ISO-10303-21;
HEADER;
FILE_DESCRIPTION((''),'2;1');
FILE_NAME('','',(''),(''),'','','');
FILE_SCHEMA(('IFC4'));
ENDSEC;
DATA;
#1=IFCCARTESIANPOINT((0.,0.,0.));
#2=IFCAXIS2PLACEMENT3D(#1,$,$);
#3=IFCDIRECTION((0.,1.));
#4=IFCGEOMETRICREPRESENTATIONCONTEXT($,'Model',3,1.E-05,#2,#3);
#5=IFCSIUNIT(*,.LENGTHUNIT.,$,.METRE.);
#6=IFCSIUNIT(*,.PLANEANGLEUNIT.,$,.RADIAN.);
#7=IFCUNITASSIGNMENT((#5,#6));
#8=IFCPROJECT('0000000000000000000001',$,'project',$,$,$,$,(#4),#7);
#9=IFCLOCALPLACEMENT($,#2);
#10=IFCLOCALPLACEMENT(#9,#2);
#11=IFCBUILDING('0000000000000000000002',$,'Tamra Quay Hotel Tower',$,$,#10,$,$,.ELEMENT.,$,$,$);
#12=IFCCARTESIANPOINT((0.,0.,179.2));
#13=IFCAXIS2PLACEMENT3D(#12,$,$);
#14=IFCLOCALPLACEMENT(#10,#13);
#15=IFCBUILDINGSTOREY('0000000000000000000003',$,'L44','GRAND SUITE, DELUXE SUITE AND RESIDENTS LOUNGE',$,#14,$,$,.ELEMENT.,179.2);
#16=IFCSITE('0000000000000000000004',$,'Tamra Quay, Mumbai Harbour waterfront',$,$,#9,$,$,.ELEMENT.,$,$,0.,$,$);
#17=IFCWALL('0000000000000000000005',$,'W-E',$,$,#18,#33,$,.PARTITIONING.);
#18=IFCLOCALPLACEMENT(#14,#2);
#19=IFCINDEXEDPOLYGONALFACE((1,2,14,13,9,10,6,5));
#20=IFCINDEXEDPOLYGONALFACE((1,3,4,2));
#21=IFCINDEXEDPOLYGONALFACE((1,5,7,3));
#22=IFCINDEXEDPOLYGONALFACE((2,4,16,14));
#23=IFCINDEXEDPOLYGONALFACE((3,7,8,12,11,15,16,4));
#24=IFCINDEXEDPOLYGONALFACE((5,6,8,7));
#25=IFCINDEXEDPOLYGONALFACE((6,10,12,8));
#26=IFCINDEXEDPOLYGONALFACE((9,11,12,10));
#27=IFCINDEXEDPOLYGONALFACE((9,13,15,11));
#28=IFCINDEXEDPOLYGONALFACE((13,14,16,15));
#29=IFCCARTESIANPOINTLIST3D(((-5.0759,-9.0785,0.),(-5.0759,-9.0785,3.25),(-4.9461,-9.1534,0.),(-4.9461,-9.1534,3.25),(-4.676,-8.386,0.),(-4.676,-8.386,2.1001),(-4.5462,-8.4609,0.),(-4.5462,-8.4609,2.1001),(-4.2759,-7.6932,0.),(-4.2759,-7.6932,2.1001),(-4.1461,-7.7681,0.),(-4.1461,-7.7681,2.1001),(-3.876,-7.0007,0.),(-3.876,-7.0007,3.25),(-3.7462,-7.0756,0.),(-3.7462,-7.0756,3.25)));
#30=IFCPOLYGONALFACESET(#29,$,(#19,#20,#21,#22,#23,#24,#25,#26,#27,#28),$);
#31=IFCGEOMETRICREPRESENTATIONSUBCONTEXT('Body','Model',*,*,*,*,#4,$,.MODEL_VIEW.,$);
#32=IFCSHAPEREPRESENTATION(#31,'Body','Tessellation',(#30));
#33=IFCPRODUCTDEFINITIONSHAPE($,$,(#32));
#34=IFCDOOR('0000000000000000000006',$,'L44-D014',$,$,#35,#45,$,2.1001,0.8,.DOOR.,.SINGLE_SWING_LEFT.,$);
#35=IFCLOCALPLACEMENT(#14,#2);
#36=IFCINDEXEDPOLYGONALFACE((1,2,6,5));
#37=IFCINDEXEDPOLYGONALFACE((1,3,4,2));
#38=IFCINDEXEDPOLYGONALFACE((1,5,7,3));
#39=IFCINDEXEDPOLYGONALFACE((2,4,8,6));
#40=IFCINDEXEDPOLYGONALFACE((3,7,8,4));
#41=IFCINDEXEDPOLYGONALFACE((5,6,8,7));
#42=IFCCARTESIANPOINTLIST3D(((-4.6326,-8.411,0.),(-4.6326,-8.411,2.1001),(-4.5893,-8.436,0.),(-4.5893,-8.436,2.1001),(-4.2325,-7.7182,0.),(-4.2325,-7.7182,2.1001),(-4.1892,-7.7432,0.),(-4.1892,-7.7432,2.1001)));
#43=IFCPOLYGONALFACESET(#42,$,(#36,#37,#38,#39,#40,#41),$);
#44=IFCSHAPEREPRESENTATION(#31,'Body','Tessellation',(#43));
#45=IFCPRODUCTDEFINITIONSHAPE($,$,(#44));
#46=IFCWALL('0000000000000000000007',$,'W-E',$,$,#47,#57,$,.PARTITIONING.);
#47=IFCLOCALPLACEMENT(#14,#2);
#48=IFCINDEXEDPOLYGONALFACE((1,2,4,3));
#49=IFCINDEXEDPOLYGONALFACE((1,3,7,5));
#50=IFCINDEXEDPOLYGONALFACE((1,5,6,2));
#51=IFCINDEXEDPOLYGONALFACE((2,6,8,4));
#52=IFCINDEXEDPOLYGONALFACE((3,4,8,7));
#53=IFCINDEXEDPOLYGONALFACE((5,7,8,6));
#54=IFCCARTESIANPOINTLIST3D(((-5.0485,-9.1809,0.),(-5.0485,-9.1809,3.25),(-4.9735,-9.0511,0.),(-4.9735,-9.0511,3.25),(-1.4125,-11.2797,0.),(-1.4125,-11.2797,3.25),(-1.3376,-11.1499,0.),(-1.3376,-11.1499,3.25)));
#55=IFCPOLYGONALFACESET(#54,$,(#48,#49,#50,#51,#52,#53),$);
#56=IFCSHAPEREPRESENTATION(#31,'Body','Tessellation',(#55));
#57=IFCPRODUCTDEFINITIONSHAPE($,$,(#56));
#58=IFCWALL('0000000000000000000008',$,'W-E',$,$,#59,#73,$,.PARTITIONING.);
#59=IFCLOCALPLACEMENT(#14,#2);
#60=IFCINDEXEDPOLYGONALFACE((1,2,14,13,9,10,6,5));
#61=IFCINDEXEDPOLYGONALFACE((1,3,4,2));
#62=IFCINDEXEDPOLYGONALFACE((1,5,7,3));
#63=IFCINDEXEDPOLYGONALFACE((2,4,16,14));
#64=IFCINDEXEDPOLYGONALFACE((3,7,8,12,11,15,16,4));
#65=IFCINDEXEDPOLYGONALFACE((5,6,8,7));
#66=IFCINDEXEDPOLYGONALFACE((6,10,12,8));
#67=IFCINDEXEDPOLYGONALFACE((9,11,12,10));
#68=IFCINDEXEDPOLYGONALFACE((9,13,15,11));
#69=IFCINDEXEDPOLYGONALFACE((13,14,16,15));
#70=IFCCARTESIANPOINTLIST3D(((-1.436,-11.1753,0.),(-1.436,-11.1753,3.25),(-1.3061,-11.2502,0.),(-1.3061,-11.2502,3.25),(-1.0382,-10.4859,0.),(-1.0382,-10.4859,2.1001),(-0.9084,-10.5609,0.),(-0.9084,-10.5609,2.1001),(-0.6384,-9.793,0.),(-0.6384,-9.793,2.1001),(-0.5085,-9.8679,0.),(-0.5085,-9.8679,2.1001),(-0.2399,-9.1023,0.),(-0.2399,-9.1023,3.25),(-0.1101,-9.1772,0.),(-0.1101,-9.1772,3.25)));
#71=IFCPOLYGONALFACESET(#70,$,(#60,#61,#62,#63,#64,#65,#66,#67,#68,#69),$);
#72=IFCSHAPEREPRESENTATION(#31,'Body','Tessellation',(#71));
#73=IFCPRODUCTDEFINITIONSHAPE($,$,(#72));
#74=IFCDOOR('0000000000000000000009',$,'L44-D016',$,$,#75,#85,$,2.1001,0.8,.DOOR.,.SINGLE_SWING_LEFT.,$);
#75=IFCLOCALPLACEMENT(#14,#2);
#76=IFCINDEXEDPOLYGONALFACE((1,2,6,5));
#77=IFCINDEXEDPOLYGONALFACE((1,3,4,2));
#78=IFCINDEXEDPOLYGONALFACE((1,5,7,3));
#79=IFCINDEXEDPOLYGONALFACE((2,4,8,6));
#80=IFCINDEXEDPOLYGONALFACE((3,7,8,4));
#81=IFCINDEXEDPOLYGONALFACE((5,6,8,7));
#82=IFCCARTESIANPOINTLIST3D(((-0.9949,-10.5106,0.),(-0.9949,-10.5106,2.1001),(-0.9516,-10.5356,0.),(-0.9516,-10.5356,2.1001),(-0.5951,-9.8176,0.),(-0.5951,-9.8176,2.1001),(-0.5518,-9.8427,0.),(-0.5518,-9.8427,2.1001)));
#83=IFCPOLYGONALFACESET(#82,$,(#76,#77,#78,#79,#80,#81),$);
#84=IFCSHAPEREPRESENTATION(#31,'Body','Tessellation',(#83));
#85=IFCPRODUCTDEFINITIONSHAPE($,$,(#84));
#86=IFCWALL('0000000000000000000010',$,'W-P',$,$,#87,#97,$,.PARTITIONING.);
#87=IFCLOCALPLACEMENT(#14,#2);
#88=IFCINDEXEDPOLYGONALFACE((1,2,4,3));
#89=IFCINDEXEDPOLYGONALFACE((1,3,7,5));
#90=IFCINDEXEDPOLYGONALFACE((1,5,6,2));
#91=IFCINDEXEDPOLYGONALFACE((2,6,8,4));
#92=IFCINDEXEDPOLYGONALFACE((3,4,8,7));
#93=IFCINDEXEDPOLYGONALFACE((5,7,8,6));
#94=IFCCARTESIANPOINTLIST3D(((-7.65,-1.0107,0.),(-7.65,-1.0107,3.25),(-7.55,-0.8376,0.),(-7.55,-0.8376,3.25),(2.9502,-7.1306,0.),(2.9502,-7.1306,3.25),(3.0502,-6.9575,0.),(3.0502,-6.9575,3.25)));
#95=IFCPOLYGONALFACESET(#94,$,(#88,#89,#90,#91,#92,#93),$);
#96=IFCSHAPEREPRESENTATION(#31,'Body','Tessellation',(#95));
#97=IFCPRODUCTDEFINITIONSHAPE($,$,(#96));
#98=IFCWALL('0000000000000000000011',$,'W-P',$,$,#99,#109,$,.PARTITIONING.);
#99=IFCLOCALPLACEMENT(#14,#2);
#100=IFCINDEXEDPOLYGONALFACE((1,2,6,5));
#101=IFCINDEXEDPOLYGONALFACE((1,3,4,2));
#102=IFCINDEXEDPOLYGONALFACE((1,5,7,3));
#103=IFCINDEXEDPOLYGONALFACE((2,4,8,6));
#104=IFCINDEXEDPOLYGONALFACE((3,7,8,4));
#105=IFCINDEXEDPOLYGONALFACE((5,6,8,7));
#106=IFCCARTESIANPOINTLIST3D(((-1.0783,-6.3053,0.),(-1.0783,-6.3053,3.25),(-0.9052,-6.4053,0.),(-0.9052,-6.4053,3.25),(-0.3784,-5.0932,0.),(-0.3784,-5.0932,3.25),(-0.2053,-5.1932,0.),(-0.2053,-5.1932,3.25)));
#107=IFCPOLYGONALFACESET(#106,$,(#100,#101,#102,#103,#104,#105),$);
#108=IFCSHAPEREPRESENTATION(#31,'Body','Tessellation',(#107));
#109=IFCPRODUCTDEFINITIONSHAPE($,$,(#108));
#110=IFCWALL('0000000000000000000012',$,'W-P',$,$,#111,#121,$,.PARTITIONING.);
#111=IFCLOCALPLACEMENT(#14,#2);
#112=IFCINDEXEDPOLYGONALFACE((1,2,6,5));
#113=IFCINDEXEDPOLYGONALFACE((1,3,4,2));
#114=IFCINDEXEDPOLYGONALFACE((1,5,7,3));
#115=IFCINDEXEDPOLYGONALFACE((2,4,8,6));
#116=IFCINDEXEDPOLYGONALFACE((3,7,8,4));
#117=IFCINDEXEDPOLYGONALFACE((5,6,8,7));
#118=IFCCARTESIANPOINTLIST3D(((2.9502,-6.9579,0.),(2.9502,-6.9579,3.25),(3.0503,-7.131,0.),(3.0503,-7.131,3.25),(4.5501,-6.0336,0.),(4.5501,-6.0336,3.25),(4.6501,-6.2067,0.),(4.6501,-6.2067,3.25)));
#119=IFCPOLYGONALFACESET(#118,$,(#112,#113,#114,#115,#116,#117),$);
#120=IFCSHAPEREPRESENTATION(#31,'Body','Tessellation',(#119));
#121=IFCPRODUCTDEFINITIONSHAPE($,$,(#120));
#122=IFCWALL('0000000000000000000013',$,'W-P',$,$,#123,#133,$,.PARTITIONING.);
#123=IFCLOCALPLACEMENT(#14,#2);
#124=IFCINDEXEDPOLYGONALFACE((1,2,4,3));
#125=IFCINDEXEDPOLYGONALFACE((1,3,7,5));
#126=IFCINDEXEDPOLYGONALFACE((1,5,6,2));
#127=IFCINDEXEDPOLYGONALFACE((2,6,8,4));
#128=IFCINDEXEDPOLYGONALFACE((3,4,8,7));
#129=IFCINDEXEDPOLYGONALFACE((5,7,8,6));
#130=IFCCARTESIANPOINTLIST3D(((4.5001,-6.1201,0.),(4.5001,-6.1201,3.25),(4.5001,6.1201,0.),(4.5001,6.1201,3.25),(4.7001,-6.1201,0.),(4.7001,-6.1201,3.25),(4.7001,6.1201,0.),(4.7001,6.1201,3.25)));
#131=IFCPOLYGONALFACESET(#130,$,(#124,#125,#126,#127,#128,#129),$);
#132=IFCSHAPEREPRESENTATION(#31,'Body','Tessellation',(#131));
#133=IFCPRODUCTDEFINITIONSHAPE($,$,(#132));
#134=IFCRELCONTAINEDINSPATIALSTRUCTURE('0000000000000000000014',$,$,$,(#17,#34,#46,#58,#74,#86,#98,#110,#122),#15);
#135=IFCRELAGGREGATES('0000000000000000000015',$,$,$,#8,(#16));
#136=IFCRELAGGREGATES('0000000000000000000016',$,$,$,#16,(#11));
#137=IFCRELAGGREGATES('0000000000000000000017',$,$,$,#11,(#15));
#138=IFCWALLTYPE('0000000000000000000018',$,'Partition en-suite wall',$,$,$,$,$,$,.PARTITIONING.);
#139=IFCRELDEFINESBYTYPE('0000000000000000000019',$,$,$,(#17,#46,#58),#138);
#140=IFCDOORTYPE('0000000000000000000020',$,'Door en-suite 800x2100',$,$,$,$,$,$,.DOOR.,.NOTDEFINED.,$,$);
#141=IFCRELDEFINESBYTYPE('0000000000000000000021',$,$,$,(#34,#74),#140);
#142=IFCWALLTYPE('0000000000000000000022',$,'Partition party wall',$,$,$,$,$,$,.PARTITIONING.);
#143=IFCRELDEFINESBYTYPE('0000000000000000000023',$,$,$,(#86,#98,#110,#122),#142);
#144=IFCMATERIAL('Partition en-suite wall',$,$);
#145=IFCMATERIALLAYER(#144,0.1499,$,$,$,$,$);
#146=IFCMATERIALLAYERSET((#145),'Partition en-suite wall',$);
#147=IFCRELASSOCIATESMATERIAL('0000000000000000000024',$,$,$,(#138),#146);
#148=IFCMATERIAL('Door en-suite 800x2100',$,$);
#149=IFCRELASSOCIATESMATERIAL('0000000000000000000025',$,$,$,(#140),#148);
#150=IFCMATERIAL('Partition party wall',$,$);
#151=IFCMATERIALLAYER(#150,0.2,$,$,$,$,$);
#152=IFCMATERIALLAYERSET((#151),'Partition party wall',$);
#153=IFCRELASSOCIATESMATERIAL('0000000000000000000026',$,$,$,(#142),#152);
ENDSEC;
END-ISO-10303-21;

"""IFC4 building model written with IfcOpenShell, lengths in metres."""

from ifc_helpers import new_model, si_unit, direction, frame, frame_2d, origin, place, context, subcontext, project, spatial, rectangle, extrude, material, layer, layer_set, type_object, element, fill, save


model = new_model("IFC4")

# Units and contexts
model_context = context("Model", 3, precision=1e-05, world=origin(), true_north=direction((0.0, 1.0)))
body_context = subcontext(model_context, "Body", "Model", "MODEL_VIEW")
ifc_project = project(units=[si_unit("LENGTHUNIT", "METRE"), si_unit("PLANEANGLEUNIT", "RADIAN")], contexts=[model_context])

# Site, building, storey
site_placement = place(None, origin())
site = spatial("IfcSite", under=ifc_project, at=site_placement, Name="Tamra Quay, Mumbai Harbour waterfront", CompositionType="ELEMENT", RefElevation=0.0)
building_placement = place(site_placement, origin())
building = spatial("IfcBuilding", under=site, at=building_placement, Name="Tamra Quay Hotel Tower", CompositionType="ELEMENT")
storey_placement = place(building_placement, frame((0.0, 0.0, 179.2)))
storey = spatial("IfcBuildingStorey", under=building, at=storey_placement, Name="L44", Description="GRAND SUITE, DELUXE SUITE AND RESIDENTS LOUNGE", CompositionType="ELEMENT", Elevation=179.2)

# Wall, opening, door
ifc_material_1 = material(Name="Partition en-suite wall")
ifc_layer_1 = layer(ifc_material_1, 0.1499)
ifc_layer_set_1 = layer_set([ifc_layer_1], Name="Partition en-suite wall")
wall_type_1 = type_object("IfcWallType", Name="Partition en-suite wall", PredefinedType="PARTITIONING", material=ifc_layer_set_1)
ifc_material_2 = material(Name="Door en-suite 800x2100")
door_type_1 = type_object("IfcDoorType", Name="Door en-suite 800x2100", OperationType="NOTDEFINED", PredefinedType="DOOR", material=ifc_material_2)
wall_1_placement = place(storey_placement, frame((-5.011, -9.116, 0.0), z_axis=(0.0, 0.0, 1.0), x_axis=(0.500089, 0.865974, 0.0)))
wall_1 = element("IfcWall", 1, at=wall_1_placement, inside=storey, type_object=wall_type_1, Name="W-E", PredefinedType="PARTITIONING", context=body_context, shape_type="SweptSolid", body=[
    extrude(rectangle(XDim=2.3994, YDim=0.1499, at=frame_2d((1.1997, 0.0))), origin(), (0.0, 0.0, 1.0), 3.25),
])
opening_1_placement = place(wall_1_placement, frame((0.7998, 0.0, 0.0)))
opening_1 = element("IfcOpeningElement", 2, at=opening_1_placement, cuts=wall_1, PredefinedType="OPENING", context=body_context, shape_type="SweptSolid", body=[
    extrude(rectangle(XDim=0.8, YDim=2.1001, at=frame_2d((0.3999, 1.05))), frame((0.0, 0.085, 0.0), z_axis=(0.0, -1.0, 0.0), x_axis=(1.0, 0.0, 0.0)), (0.0, 0.0, 1.0), 0.1699),
])
door_1_placement = place(opening_1_placement, origin())
door_1 = element("IfcDoor", 3, at=door_1_placement, inside=storey, type_object=door_type_1, Name="L44-D014", OperationType="SINGLE_SWING_LEFT", OverallHeight=2.1001, OverallWidth=0.8, PredefinedType="DOOR", context=body_context, shape_type="SweptSolid", body=[
    extrude(rectangle(XDim=0.8, YDim=2.1001, at=frame_2d((0.3999, 1.05))), frame((0.0, 0.0249, 0.0), z_axis=(0.0, -1.0, 0.0), x_axis=(1.0, 0.0, 0.0)), (0.0, 0.0, 1.0), 0.05),
])
fill(opening_1, door_1)

# Wall
wall_2_placement = place(storey_placement, frame((-5.011, -9.116, 0.0), z_axis=(0.0, 0.0, 1.0), x_axis=(0.866063, -0.499936, 0.0)))
element("IfcWall", 4, at=wall_2_placement, inside=storey, type_object=wall_type_1, Name="W-E", PredefinedType="PARTITIONING", context=body_context, shape_type="SweptSolid", body=[
    extrude(rectangle(XDim=4.1982, YDim=0.1499, at=frame_2d((2.0991, 0.0))), origin(), (0.0, 0.0, 1.0), 3.25),
])

# Wall, opening, door
wall_3_placement = place(storey_placement, frame((-1.3711, -11.2129, 0.0), z_axis=(0.0, 0.0, 1.0), x_axis=(0.499749, 0.86617, 0.0)))
wall_3 = element("IfcWall", 5, at=wall_3_placement, inside=storey, type_object=wall_type_1, Name="W-E", PredefinedType="PARTITIONING", context=body_context, shape_type="SweptSolid", body=[
    extrude(rectangle(XDim=2.3933, YDim=0.1499, at=frame_2d((1.1968, 0.0))), origin(), (0.0, 0.0, 1.0), 3.25),
])
opening_2_placement = place(wall_3_placement, frame((0.7961, 0.0, 0.0)))
opening_2 = element("IfcOpeningElement", 6, at=opening_2_placement, cuts=wall_3, PredefinedType="OPENING", context=body_context, shape_type="SweptSolid", body=[
    extrude(rectangle(XDim=0.8, YDim=2.1001, at=frame_2d((0.3999, 1.05))), frame((0.0, 0.085, 0.0), z_axis=(0.0, -1.0, 0.0), x_axis=(1.0, 0.0, 0.0)), (0.0, 0.0, 1.0), 0.1699),
])
door_2_placement = place(opening_2_placement, frame((0.8, 0.0, 0.0), z_axis=(0.0, 0.0, 1.0), x_axis=(-1.0, 0.0, 0.0)))
door_2 = element("IfcDoor", 7, at=door_2_placement, inside=storey, type_object=door_type_1, Name="L44-D016", OperationType="SINGLE_SWING_LEFT", OverallHeight=2.1001, OverallWidth=0.8, PredefinedType="DOOR", context=body_context, shape_type="SweptSolid", body=[
    extrude(rectangle(XDim=0.8, YDim=2.1001, at=frame_2d((0.3999, 1.05))), frame((0.0, 0.0249, 0.0), z_axis=(0.0, -1.0, 0.0), x_axis=(1.0, 0.0, 0.0)), (0.0, 0.0, 1.0), 0.05),
])
fill(opening_2, door_2)

# Walls
ifc_material_3 = material(Name="Partition party wall")
ifc_layer_2 = layer(ifc_material_3, 0.2)
ifc_layer_set_2 = layer_set([ifc_layer_2], Name="Partition party wall")
wall_type_2 = type_object("IfcWallType", Name="Partition party wall", PredefinedType="PARTITIONING", material=ifc_layer_set_2)
wall_4_placement = place(storey_placement, frame((-7.6001, -0.9241, 0.0), z_axis=(0.0, 0.0, 1.0), x_axis=(0.866029, -0.499994, 0.0)))
element("IfcWall", 8, at=wall_4_placement, inside=storey, type_object=wall_type_2, Name="W-P", PredefinedType="PARTITIONING", context=body_context, shape_type="SweptSolid", body=[
    extrude(rectangle(XDim=12.24, YDim=0.2, at=frame_2d((6.1201, 0.0))), origin(), (0.0, 0.0, 1.0), 3.25),
])
wall_5_placement = place(storey_placement, frame((-0.9917, -6.3552, 0.0), z_axis=(0.0, 0.0, 1.0), x_axis=(0.50006, 0.865991, 0.0)))
element("IfcWall", 9, at=wall_5_placement, inside=storey, type_object=wall_type_2, Name="W-P", PredefinedType="PARTITIONING", context=body_context, shape_type="SweptSolid", body=[
    extrude(rectangle(XDim=1.3997, YDim=0.2, at=frame_2d((0.6997, 0.0))), origin(), (0.0, 0.0, 1.0), 3.25),
])
wall_6_placement = place(storey_placement, frame((3.0002, -7.0444, 0.0), z_axis=(0.0, 0.0, 1.0), x_axis=(0.865875, 0.50026, 0.0)))
element("IfcWall", 10, at=wall_6_placement, inside=storey, type_object=wall_type_2, Name="W-P", PredefinedType="PARTITIONING", context=body_context, shape_type="SweptSolid", body=[
    extrude(rectangle(XDim=1.8477, YDim=0.2, at=frame_2d((0.9238, 0.0))), origin(), (0.0, 0.0, 1.0), 3.25),
])
wall_7_placement = place(storey_placement, frame((4.6001, -6.1201, 0.0), z_axis=(0.0, 0.0, 1.0), x_axis=(0.0, 1.0, 0.0)))
element("IfcWall", 11, at=wall_7_placement, inside=storey, type_object=wall_type_2, Name="W-P", PredefinedType="PARTITIONING", context=body_context, shape_type="SweptSolid", body=[
    extrude(rectangle(XDim=12.2402, YDim=0.2, at=frame_2d((6.1201, 0.0))), origin(), (0.0, 0.0, 1.0), 3.25),
])

save(model, "model.ifc")
